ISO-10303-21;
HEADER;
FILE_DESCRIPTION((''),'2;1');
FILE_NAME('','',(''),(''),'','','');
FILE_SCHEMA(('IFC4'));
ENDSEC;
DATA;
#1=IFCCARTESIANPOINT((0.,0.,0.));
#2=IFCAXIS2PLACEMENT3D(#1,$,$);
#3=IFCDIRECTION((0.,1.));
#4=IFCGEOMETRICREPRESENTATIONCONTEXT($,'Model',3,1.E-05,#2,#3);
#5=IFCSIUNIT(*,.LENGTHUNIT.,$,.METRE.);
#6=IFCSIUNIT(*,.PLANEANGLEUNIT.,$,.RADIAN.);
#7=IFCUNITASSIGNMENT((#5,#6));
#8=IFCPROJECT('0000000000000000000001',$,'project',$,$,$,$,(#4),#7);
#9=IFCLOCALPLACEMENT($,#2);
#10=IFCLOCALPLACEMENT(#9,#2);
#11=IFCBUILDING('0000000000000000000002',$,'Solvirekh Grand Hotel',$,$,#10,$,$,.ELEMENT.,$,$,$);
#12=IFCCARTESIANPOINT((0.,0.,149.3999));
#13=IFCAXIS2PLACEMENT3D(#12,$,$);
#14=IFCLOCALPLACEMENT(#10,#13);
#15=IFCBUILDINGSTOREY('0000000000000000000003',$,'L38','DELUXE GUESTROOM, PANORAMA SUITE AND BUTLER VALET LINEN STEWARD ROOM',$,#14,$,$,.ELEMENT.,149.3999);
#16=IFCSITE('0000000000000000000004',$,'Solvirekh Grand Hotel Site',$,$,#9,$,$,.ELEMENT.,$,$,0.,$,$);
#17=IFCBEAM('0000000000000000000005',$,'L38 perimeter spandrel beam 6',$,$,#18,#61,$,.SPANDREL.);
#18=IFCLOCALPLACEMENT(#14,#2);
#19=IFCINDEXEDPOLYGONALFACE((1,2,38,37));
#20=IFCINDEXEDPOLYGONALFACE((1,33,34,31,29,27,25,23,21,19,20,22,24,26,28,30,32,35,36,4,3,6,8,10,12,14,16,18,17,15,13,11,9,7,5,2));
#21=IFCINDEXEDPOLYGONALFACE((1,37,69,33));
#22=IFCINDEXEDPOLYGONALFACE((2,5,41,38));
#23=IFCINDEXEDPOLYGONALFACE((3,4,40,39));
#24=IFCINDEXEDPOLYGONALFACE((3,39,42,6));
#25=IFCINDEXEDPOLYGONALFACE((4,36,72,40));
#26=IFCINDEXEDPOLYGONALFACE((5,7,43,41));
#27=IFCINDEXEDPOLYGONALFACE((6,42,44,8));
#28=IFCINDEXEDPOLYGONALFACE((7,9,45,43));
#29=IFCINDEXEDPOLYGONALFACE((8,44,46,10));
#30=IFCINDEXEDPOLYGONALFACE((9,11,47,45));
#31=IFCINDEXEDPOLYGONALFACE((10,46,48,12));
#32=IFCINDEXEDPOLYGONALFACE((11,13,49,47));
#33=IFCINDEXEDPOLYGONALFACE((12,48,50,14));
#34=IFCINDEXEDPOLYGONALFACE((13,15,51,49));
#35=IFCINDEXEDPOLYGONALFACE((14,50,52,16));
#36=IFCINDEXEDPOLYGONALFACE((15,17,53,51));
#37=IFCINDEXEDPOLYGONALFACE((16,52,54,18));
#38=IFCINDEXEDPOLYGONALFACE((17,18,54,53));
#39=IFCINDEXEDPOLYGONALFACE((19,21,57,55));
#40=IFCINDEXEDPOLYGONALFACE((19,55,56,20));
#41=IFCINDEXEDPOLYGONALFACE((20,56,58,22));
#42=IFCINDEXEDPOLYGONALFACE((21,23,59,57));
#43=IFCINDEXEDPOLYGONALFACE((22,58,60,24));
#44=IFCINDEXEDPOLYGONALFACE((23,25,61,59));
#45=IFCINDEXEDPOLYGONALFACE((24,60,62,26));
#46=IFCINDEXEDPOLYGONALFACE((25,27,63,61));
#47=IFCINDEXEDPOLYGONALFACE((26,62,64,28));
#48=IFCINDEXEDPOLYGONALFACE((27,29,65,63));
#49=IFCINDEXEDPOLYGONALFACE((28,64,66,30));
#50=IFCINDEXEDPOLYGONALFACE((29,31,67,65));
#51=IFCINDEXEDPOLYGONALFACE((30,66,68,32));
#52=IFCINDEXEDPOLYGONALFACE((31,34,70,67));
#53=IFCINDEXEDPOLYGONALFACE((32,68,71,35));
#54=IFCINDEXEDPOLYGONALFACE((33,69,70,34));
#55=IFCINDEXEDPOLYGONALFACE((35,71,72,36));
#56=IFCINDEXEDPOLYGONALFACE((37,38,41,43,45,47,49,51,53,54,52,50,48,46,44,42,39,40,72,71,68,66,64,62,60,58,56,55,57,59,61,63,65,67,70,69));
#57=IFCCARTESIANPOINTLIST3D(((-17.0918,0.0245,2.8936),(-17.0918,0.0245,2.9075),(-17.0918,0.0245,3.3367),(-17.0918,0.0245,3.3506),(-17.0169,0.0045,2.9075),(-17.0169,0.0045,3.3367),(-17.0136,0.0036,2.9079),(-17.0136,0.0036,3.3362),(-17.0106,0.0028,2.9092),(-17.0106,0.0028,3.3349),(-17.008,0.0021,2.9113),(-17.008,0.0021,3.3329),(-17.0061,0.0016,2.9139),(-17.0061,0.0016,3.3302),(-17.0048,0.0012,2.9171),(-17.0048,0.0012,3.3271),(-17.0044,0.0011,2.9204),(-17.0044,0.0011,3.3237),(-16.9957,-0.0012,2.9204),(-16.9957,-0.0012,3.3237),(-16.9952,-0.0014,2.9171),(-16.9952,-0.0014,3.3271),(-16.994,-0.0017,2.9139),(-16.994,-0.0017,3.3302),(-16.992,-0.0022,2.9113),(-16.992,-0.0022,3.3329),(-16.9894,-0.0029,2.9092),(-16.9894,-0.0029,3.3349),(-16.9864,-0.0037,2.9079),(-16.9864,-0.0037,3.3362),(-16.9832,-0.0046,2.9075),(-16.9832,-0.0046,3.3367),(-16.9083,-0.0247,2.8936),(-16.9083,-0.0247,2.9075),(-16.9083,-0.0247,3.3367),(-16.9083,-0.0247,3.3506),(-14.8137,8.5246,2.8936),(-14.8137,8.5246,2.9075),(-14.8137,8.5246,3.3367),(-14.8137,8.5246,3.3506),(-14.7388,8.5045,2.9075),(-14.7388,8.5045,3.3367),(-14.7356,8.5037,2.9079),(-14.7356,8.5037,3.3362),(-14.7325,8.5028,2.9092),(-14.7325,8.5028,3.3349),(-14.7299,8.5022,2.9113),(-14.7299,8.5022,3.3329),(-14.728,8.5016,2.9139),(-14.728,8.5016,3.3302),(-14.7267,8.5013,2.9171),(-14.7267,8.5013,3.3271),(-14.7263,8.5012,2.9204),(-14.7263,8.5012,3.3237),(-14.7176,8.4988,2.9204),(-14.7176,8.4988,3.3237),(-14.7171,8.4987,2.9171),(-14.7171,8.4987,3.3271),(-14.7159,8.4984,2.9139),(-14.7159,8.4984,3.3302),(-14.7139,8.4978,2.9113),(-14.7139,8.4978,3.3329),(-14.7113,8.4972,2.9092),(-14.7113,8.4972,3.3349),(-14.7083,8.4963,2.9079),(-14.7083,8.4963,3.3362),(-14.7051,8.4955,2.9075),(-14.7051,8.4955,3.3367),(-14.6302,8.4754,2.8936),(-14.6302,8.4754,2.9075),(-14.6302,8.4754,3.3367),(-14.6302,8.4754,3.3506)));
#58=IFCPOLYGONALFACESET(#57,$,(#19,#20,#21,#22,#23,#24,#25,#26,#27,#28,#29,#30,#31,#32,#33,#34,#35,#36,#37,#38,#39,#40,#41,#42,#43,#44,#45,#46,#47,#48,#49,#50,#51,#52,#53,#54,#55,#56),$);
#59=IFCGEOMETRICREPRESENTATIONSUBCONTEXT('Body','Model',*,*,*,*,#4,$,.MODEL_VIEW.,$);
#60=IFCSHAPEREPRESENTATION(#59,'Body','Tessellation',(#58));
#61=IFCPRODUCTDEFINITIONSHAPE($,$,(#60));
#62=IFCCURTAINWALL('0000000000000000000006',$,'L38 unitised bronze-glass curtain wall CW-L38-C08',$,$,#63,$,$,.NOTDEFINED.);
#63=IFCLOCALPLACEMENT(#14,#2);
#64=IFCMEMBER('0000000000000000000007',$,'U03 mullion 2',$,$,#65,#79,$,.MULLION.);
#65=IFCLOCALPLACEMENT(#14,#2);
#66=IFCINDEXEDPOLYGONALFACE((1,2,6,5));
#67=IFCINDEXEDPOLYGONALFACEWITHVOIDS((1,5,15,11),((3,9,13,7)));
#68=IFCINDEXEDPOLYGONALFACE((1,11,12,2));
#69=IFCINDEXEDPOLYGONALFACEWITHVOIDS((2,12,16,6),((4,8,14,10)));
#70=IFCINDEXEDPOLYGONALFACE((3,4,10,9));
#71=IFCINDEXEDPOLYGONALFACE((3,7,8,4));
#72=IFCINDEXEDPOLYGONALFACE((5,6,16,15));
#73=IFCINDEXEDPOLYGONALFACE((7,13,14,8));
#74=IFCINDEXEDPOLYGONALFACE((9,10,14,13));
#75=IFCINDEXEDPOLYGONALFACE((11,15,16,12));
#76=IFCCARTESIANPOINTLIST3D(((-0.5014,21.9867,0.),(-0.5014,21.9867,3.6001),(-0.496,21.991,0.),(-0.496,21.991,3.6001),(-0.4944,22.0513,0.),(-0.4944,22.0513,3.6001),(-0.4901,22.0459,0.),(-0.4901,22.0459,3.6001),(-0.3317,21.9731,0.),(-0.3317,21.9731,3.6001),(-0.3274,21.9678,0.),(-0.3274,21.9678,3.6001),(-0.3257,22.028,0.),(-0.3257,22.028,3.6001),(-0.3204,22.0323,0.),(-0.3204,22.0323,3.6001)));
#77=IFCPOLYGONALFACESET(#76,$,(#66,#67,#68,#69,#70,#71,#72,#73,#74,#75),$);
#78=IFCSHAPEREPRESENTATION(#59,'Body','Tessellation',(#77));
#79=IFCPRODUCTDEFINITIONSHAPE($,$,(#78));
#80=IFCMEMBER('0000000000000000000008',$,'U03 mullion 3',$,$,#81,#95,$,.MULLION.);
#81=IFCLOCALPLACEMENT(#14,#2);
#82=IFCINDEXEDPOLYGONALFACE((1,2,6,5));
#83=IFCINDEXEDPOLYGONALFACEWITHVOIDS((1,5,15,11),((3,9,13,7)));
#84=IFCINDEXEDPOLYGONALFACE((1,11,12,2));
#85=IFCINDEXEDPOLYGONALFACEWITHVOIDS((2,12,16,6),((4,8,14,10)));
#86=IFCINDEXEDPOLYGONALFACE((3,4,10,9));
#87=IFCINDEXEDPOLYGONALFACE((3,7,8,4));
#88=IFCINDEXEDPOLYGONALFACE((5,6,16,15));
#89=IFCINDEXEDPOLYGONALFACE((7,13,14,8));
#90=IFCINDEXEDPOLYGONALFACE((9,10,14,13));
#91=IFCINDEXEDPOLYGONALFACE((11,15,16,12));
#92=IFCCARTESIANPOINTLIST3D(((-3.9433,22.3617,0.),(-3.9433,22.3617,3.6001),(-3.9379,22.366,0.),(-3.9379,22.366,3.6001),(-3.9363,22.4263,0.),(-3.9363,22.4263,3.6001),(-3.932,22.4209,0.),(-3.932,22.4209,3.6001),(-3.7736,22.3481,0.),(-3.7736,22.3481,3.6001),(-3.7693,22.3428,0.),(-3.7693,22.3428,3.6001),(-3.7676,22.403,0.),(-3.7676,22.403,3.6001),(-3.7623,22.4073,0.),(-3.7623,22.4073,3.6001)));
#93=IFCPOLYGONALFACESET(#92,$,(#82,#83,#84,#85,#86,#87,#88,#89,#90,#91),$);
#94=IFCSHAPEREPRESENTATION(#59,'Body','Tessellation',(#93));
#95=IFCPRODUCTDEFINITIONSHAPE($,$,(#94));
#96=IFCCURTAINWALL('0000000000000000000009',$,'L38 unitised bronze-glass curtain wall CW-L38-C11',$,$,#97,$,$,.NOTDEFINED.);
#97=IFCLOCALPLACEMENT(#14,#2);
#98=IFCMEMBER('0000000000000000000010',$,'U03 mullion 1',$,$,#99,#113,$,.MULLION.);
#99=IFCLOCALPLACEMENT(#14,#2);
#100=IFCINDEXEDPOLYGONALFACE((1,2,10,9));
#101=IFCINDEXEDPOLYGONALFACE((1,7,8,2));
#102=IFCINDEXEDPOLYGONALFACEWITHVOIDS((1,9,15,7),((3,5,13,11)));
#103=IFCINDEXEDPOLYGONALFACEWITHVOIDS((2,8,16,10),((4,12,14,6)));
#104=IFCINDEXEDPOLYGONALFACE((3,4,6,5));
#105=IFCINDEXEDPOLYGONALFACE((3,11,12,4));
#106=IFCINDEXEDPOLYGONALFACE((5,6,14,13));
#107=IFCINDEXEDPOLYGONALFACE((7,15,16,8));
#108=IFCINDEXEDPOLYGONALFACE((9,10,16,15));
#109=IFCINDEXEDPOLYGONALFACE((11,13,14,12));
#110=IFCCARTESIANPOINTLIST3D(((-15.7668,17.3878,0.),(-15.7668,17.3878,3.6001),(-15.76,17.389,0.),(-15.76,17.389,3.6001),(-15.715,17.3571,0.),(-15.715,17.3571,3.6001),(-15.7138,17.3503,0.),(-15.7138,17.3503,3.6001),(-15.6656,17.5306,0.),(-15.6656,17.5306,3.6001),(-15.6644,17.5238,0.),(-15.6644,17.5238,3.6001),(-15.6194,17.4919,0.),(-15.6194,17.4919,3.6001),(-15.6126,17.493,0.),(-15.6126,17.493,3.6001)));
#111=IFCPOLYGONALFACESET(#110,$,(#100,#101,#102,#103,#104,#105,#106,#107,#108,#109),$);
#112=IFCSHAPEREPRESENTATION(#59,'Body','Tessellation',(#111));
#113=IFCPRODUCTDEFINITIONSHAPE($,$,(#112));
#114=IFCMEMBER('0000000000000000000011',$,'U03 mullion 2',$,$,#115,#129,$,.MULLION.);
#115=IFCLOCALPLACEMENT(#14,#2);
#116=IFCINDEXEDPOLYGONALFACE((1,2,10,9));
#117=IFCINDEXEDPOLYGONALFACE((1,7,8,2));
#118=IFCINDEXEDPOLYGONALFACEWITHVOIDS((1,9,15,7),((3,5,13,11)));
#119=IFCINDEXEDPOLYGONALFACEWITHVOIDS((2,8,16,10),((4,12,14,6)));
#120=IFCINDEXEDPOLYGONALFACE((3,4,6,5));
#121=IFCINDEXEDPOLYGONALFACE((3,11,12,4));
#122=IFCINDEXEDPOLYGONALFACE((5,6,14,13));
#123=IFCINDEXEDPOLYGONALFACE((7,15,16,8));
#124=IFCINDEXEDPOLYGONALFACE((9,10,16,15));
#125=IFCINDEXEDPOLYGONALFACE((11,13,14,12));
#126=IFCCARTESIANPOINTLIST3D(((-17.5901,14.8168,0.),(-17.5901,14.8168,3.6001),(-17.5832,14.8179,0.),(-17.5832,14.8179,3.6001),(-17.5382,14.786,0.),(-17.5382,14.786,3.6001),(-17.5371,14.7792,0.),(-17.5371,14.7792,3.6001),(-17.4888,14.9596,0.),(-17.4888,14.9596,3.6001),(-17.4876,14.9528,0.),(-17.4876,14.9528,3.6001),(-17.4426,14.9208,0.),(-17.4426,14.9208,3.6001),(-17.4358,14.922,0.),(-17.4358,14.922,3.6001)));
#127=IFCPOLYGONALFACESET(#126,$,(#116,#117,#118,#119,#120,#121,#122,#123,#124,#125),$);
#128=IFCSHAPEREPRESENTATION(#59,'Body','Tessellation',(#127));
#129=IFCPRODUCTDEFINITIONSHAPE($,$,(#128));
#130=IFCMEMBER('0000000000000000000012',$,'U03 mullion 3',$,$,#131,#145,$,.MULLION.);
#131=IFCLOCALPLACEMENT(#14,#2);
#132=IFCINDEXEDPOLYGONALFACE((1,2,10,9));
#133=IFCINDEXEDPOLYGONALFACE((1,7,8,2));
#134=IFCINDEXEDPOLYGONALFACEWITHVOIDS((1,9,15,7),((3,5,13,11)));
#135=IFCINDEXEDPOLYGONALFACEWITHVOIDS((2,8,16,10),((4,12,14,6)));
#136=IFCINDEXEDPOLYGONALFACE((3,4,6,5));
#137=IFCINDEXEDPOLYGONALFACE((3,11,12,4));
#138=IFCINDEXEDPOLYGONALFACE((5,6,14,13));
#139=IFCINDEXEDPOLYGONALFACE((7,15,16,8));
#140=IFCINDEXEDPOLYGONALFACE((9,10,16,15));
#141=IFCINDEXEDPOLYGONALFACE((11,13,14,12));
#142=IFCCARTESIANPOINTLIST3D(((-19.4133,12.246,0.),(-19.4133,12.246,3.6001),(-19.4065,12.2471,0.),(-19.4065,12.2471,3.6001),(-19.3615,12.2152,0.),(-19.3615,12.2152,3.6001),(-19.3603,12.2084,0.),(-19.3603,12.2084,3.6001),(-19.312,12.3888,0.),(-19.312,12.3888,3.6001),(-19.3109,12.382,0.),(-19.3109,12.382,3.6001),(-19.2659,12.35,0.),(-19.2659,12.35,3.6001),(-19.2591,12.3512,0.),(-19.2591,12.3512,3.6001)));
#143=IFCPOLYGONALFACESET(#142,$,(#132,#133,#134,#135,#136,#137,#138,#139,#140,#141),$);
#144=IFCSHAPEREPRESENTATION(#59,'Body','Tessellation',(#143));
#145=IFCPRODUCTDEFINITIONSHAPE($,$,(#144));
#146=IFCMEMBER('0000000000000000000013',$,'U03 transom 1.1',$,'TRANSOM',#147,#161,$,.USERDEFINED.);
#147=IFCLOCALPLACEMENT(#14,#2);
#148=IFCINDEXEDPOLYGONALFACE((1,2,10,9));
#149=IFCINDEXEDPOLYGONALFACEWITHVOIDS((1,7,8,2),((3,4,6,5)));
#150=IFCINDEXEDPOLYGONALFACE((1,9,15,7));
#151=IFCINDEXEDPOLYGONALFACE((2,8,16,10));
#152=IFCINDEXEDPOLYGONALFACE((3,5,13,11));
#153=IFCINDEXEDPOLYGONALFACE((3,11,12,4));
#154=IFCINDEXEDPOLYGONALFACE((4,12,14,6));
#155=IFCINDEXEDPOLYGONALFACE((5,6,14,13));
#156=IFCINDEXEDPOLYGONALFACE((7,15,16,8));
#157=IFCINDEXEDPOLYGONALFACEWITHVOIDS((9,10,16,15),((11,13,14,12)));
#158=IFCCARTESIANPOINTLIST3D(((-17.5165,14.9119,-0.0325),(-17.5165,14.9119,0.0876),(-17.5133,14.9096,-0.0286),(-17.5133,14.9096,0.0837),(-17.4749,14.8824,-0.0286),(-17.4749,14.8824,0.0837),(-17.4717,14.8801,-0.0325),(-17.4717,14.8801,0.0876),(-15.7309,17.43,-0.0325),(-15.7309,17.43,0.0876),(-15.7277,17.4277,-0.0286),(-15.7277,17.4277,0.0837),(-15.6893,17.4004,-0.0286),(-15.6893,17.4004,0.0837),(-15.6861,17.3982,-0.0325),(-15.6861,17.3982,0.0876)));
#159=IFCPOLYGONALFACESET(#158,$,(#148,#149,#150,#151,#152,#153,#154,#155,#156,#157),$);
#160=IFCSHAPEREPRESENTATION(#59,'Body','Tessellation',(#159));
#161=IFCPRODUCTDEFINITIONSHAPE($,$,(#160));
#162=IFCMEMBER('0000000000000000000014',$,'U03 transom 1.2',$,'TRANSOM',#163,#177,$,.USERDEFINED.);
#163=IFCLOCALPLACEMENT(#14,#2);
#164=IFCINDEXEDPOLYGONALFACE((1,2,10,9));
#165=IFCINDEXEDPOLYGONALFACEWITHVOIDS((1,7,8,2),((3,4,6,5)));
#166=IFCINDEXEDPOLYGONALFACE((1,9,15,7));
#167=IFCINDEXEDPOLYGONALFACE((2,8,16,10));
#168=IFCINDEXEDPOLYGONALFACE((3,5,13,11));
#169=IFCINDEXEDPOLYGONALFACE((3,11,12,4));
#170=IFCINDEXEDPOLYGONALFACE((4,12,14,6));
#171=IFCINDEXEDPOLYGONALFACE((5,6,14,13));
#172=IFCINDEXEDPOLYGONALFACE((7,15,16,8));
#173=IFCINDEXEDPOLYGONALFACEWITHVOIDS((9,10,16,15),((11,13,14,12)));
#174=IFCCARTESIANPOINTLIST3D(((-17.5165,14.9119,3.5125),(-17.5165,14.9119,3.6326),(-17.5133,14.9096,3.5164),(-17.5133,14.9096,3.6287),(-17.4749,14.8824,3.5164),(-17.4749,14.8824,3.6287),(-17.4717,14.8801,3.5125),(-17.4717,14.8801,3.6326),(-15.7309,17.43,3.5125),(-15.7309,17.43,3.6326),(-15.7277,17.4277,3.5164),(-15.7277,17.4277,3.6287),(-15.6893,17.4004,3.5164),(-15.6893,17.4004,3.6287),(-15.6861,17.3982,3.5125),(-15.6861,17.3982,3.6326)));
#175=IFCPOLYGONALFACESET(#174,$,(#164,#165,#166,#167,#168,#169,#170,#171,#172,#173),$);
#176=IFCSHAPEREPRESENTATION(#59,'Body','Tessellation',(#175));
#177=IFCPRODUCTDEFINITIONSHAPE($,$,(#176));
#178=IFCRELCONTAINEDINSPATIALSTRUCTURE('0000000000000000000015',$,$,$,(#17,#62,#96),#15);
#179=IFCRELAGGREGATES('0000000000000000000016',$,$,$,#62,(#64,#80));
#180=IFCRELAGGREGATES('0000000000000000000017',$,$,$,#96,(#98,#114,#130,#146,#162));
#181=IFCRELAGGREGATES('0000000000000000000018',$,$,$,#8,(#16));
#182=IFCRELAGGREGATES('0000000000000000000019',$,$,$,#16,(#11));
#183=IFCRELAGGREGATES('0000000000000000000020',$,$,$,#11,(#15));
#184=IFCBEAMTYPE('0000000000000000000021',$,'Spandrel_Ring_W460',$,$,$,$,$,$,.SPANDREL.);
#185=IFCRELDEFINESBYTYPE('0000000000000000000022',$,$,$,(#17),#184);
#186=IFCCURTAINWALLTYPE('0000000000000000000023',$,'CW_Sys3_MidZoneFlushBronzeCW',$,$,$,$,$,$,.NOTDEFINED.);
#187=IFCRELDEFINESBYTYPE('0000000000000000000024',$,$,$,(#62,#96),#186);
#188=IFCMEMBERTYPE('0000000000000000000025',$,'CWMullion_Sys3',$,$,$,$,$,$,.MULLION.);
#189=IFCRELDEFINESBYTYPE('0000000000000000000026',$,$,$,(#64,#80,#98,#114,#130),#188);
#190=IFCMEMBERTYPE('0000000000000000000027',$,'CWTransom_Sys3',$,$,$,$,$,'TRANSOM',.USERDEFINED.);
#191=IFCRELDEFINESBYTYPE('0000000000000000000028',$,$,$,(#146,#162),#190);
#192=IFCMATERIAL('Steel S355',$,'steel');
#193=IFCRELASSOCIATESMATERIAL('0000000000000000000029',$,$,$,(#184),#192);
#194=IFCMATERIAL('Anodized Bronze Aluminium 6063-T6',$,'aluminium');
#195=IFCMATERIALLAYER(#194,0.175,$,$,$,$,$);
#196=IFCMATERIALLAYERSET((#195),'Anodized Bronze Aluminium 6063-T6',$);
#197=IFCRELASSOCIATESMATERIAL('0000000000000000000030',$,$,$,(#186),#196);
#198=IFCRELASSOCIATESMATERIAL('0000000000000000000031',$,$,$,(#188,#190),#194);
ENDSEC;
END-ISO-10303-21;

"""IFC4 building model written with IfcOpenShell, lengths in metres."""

from ifc_helpers import new_model, si_unit, direction, frame, origin, origin_2d, place, context, subcontext, project, spatial, hollow_rectangle, i_section, extrude, source, transform, mapped, material, layer, layer_set, material_profile, profile_set, type_object, element, aggregate, save


model = new_model("IFC4")

# Units and contexts
model_context = context("Model", 3, precision=1e-05, world=origin(), true_north=direction((0.0, 1.0)))
body_context = subcontext(model_context, "Body", "Model", "MODEL_VIEW")
ifc_project = project(units=[si_unit("LENGTHUNIT", "METRE"), si_unit("PLANEANGLEUNIT", "RADIAN")], contexts=[model_context])

# Site, building, storey
site_placement = place(None, origin())
site = spatial("IfcSite", under=ifc_project, at=site_placement, Name="Solvirekh Grand Hotel Site", CompositionType="ELEMENT", RefElevation=0.0)
building_placement = place(site_placement, origin())
building = spatial("IfcBuilding", under=site, at=building_placement, Name="Solvirekh Grand Hotel", CompositionType="ELEMENT")
storey_placement = place(building_placement, frame((0.0, 0.0, 149.3999)))
storey = spatial("IfcBuildingStorey", under=building, at=storey_placement, Name="L38", Description="DELUXE GUESTROOM, PANORAMA SUITE AND BUTLER VALET LINEN STEWARD ROOM", CompositionType="ELEMENT", Elevation=149.3999)

# Beam
ifc_material_1 = material(Name="Steel S355", Category="steel")
ifc_material_profile_1 = material_profile(ifc_material_1, i_section(OverallWidth=0.1899, OverallDepth=0.457, WebThickness=0.009, FlangeThickness=0.0139, FilletRadius=0.0129, at=origin_2d()), Name="W460X74")
ifc_profile_set_1 = profile_set([ifc_material_profile_1], Name="Steel S355")
beam_type_1 = type_object("IfcBeamType", Name="Spandrel_Ring_W460", PredefinedType="SPANDREL", material=ifc_profile_set_1)
beam_1_placement = place(storey_placement, frame((-14.7219, 8.5, 3.1221), z_axis=(-0.258873, -0.965911, 0.0), x_axis=(0.965911, -0.258873, 0.0)))
element("IfcBeam", 1, at=beam_1_placement, inside=storey, type_object=beam_type_1, Name="L38 perimeter spandrel beam 6", PredefinedType="SPANDREL", context=body_context, shape_type="SweptSolid", body=[
    extrude(i_section(OverallWidth=0.1899, OverallDepth=0.457, WebThickness=0.009, FlangeThickness=0.0139, FilletRadius=0.0129, at=origin_2d()), origin(), (0.0, 0.0, 1.0), 8.8),
])

# Curtain walls, members
ifc_material_2 = material(Name="Anodized Bronze Aluminium 6063-T6", Category="aluminium")
ifc_layer_1 = layer(ifc_material_2, 0.175)
ifc_layer_set_1 = layer_set([ifc_layer_1], Name="Anodized Bronze Aluminium 6063-T6")
curtain_wall_type = type_object("IfcCurtainWallType", Name="CW_Sys3_MidZoneFlushBronzeCW", PredefinedType="NOTDEFINED", material=ifc_layer_set_1)
curtain_wall_1_placement = place(storey_placement, origin())
curtain_wall_1 = element("IfcCurtainWall", 2, at=curtain_wall_1_placement, inside=storey, type_object=curtain_wall_type, Name="L38 unitised bronze-glass curtain wall CW-L38-C08", PredefinedType="NOTDEFINED")
ifc_material_profile_2 = material_profile(ifc_material_2, hollow_rectangle(XDim=0.0649, YDim=0.175, WallThickness=0.0049, at=origin_2d()), Name="ALU RHS 175X65X5")
ifc_profile_set_2 = profile_set([ifc_material_profile_2], Name="Anodized Bronze Aluminium 6063-T6")
member_type_1 = type_object("IfcMemberType", Name="CWMullion_Sys3", PredefinedType="MULLION", material=ifc_profile_set_2)
shared_shape_1 = source(origin(), body_context, "Body", "SweptSolid", [
    extrude(hollow_rectangle(XDim=0.0649, YDim=0.175, WallThickness=0.0049, at=origin_2d()), origin(), (0.0, 0.0, 1.0), 3.6001),
])
member_1_placement = place(storey_placement, frame((-0.4109, 22.0095, 0.0), z_axis=(0.0, 0.0, 1.0), x_axis=(-0.108311, -0.994117, 0.0)))
member_1 = element("IfcMember", 3, at=member_1_placement, type_object=member_type_1, Name="U03 mullion 2", PredefinedType="MULLION", context=body_context, shape_type="MappedRepresentation", body=[
    mapped(shared_shape_1, transform((0.0, 0.0, 0.0), x_axis=(1.0, 0.0, 0.0), y_axis=(0.0, 1.0, 0.0), z_axis=(0.0, 0.0, 1.0), scale=1.0)),
])
member_2_placement = place(storey_placement, frame((-3.8528, 22.3845, 0.0), z_axis=(0.0, 0.0, 1.0), x_axis=(-0.108311, -0.994117, 0.0)))
member_2 = element("IfcMember", 4, at=member_2_placement, type_object=member_type_1, Name="U03 mullion 3", PredefinedType="MULLION", context=body_context, shape_type="MappedRepresentation", body=[
    mapped(shared_shape_1, transform((0.0, 0.0, 0.0), x_axis=(1.0, 0.0, 0.0), y_axis=(0.0, 1.0, 0.0), z_axis=(0.0, 0.0, 1.0), scale=1.0)),
])
curtain_wall_2_placement = place(storey_placement, origin())
curtain_wall_2 = element("IfcCurtainWall", 5, at=curtain_wall_2_placement, inside=storey, type_object=curtain_wall_type, Name="L38 unitised bronze-glass curtain wall CW-L38-C11", PredefinedType="NOTDEFINED")
member_3_placement = place(storey_placement, frame((-15.6897, 17.4404, 0.0), z_axis=(0.0, 0.0, 1.0), x_axis=(0.815713, -0.578457, 0.0)))
member_3 = element("IfcMember", 6, at=member_3_placement, type_object=member_type_1, Name="U03 mullion 1", PredefinedType="MULLION", context=body_context, shape_type="MappedRepresentation", body=[
    mapped(shared_shape_1, transform((0.0, 0.0, 0.0), x_axis=(1.0, 0.0, 0.0), y_axis=(0.0, 1.0, 0.0), z_axis=(0.0, 0.0, 1.0), scale=1.0)),
])
member_4_placement = place(storey_placement, frame((-17.5129, 14.8694, 0.0), z_axis=(0.0, 0.0, 1.0), x_axis=(0.815713, -0.578457, 0.0)))
member_4 = element("IfcMember", 7, at=member_4_placement, type_object=member_type_1, Name="U03 mullion 2", PredefinedType="MULLION", context=body_context, shape_type="MappedRepresentation", body=[
    mapped(shared_shape_1, transform((0.0, 0.0, 0.0), x_axis=(1.0, 0.0, 0.0), y_axis=(0.0, 1.0, 0.0), z_axis=(0.0, 0.0, 1.0), scale=1.0)),
])
member_5_placement = place(storey_placement, frame((-19.3362, 12.2986, 0.0), z_axis=(0.0, 0.0, 1.0), x_axis=(0.815713, -0.578457, 0.0)))
member_5 = element("IfcMember", 8, at=member_5_placement, type_object=member_type_1, Name="U03 mullion 3", PredefinedType="MULLION", context=body_context, shape_type="MappedRepresentation", body=[
    mapped(shared_shape_1, transform((0.0, 0.0, 0.0), x_axis=(1.0, 0.0, 0.0), y_axis=(0.0, 1.0, 0.0), z_axis=(0.0, 0.0, 1.0), scale=1.0)),
])
ifc_material_profile_3 = material_profile(ifc_material_2, hollow_rectangle(XDim=0.0549, YDim=0.1201, WallThickness=0.0039, at=origin_2d()), Name="ALU RHS 120X55X4")
ifc_profile_set_3 = profile_set([ifc_material_profile_3], Name="Anodized Bronze Aluminium 6063-T6")
member_type_2 = type_object("IfcMemberType", Name="CWTransom_Sys3", ElementType="TRANSOM", PredefinedType="USERDEFINED", material=ifc_profile_set_3)
shared_shape_2 = source(origin(), body_context, "Body", "SweptSolid", [
    extrude(hollow_rectangle(XDim=0.0549, YDim=0.1201, WallThickness=0.0039, at=origin_2d()), origin(), (0.0, 0.0, 1.0), 3.0869),
])
member_6_placement = place(storey_placement, frame((-15.7085, 17.4141, 0.0276), z_axis=(-0.578452, -0.815717, 0.0), x_axis=(0.815717, -0.578452, 0.0)))
member_6 = element("IfcMember", 9, at=member_6_placement, type_object=member_type_2, Name="U03 transom 1.1", ObjectType="TRANSOM", PredefinedType="USERDEFINED", context=body_context, shape_type="MappedRepresentation", body=[
    mapped(shared_shape_2, transform((0.0, 0.0, 0.0), x_axis=(1.0, 0.0, 0.0), y_axis=(0.0, 1.0, 0.0), z_axis=(0.0, 0.0, 1.0), scale=1.0)),
])
member_7_placement = place(storey_placement, frame((-15.7085, 17.4141, 3.5725), z_axis=(-0.578452, -0.815717, 0.0), x_axis=(0.815717, -0.578452, 0.0)))
member_7 = element("IfcMember", 10, at=member_7_placement, type_object=member_type_2, Name="U03 transom 1.2", ObjectType="TRANSOM", PredefinedType="USERDEFINED", context=body_context, shape_type="MappedRepresentation", body=[
    mapped(shared_shape_2, transform((0.0, 0.0, 0.0), x_axis=(1.0, 0.0, 0.0), y_axis=(0.0, 1.0, 0.0), z_axis=(0.0, 0.0, 1.0), scale=1.0)),
])

aggregate(curtain_wall_1, [member_1, member_2])
aggregate(curtain_wall_2, [member_3, member_4, member_5, member_6, member_7])

save(model, "model.ifc")
